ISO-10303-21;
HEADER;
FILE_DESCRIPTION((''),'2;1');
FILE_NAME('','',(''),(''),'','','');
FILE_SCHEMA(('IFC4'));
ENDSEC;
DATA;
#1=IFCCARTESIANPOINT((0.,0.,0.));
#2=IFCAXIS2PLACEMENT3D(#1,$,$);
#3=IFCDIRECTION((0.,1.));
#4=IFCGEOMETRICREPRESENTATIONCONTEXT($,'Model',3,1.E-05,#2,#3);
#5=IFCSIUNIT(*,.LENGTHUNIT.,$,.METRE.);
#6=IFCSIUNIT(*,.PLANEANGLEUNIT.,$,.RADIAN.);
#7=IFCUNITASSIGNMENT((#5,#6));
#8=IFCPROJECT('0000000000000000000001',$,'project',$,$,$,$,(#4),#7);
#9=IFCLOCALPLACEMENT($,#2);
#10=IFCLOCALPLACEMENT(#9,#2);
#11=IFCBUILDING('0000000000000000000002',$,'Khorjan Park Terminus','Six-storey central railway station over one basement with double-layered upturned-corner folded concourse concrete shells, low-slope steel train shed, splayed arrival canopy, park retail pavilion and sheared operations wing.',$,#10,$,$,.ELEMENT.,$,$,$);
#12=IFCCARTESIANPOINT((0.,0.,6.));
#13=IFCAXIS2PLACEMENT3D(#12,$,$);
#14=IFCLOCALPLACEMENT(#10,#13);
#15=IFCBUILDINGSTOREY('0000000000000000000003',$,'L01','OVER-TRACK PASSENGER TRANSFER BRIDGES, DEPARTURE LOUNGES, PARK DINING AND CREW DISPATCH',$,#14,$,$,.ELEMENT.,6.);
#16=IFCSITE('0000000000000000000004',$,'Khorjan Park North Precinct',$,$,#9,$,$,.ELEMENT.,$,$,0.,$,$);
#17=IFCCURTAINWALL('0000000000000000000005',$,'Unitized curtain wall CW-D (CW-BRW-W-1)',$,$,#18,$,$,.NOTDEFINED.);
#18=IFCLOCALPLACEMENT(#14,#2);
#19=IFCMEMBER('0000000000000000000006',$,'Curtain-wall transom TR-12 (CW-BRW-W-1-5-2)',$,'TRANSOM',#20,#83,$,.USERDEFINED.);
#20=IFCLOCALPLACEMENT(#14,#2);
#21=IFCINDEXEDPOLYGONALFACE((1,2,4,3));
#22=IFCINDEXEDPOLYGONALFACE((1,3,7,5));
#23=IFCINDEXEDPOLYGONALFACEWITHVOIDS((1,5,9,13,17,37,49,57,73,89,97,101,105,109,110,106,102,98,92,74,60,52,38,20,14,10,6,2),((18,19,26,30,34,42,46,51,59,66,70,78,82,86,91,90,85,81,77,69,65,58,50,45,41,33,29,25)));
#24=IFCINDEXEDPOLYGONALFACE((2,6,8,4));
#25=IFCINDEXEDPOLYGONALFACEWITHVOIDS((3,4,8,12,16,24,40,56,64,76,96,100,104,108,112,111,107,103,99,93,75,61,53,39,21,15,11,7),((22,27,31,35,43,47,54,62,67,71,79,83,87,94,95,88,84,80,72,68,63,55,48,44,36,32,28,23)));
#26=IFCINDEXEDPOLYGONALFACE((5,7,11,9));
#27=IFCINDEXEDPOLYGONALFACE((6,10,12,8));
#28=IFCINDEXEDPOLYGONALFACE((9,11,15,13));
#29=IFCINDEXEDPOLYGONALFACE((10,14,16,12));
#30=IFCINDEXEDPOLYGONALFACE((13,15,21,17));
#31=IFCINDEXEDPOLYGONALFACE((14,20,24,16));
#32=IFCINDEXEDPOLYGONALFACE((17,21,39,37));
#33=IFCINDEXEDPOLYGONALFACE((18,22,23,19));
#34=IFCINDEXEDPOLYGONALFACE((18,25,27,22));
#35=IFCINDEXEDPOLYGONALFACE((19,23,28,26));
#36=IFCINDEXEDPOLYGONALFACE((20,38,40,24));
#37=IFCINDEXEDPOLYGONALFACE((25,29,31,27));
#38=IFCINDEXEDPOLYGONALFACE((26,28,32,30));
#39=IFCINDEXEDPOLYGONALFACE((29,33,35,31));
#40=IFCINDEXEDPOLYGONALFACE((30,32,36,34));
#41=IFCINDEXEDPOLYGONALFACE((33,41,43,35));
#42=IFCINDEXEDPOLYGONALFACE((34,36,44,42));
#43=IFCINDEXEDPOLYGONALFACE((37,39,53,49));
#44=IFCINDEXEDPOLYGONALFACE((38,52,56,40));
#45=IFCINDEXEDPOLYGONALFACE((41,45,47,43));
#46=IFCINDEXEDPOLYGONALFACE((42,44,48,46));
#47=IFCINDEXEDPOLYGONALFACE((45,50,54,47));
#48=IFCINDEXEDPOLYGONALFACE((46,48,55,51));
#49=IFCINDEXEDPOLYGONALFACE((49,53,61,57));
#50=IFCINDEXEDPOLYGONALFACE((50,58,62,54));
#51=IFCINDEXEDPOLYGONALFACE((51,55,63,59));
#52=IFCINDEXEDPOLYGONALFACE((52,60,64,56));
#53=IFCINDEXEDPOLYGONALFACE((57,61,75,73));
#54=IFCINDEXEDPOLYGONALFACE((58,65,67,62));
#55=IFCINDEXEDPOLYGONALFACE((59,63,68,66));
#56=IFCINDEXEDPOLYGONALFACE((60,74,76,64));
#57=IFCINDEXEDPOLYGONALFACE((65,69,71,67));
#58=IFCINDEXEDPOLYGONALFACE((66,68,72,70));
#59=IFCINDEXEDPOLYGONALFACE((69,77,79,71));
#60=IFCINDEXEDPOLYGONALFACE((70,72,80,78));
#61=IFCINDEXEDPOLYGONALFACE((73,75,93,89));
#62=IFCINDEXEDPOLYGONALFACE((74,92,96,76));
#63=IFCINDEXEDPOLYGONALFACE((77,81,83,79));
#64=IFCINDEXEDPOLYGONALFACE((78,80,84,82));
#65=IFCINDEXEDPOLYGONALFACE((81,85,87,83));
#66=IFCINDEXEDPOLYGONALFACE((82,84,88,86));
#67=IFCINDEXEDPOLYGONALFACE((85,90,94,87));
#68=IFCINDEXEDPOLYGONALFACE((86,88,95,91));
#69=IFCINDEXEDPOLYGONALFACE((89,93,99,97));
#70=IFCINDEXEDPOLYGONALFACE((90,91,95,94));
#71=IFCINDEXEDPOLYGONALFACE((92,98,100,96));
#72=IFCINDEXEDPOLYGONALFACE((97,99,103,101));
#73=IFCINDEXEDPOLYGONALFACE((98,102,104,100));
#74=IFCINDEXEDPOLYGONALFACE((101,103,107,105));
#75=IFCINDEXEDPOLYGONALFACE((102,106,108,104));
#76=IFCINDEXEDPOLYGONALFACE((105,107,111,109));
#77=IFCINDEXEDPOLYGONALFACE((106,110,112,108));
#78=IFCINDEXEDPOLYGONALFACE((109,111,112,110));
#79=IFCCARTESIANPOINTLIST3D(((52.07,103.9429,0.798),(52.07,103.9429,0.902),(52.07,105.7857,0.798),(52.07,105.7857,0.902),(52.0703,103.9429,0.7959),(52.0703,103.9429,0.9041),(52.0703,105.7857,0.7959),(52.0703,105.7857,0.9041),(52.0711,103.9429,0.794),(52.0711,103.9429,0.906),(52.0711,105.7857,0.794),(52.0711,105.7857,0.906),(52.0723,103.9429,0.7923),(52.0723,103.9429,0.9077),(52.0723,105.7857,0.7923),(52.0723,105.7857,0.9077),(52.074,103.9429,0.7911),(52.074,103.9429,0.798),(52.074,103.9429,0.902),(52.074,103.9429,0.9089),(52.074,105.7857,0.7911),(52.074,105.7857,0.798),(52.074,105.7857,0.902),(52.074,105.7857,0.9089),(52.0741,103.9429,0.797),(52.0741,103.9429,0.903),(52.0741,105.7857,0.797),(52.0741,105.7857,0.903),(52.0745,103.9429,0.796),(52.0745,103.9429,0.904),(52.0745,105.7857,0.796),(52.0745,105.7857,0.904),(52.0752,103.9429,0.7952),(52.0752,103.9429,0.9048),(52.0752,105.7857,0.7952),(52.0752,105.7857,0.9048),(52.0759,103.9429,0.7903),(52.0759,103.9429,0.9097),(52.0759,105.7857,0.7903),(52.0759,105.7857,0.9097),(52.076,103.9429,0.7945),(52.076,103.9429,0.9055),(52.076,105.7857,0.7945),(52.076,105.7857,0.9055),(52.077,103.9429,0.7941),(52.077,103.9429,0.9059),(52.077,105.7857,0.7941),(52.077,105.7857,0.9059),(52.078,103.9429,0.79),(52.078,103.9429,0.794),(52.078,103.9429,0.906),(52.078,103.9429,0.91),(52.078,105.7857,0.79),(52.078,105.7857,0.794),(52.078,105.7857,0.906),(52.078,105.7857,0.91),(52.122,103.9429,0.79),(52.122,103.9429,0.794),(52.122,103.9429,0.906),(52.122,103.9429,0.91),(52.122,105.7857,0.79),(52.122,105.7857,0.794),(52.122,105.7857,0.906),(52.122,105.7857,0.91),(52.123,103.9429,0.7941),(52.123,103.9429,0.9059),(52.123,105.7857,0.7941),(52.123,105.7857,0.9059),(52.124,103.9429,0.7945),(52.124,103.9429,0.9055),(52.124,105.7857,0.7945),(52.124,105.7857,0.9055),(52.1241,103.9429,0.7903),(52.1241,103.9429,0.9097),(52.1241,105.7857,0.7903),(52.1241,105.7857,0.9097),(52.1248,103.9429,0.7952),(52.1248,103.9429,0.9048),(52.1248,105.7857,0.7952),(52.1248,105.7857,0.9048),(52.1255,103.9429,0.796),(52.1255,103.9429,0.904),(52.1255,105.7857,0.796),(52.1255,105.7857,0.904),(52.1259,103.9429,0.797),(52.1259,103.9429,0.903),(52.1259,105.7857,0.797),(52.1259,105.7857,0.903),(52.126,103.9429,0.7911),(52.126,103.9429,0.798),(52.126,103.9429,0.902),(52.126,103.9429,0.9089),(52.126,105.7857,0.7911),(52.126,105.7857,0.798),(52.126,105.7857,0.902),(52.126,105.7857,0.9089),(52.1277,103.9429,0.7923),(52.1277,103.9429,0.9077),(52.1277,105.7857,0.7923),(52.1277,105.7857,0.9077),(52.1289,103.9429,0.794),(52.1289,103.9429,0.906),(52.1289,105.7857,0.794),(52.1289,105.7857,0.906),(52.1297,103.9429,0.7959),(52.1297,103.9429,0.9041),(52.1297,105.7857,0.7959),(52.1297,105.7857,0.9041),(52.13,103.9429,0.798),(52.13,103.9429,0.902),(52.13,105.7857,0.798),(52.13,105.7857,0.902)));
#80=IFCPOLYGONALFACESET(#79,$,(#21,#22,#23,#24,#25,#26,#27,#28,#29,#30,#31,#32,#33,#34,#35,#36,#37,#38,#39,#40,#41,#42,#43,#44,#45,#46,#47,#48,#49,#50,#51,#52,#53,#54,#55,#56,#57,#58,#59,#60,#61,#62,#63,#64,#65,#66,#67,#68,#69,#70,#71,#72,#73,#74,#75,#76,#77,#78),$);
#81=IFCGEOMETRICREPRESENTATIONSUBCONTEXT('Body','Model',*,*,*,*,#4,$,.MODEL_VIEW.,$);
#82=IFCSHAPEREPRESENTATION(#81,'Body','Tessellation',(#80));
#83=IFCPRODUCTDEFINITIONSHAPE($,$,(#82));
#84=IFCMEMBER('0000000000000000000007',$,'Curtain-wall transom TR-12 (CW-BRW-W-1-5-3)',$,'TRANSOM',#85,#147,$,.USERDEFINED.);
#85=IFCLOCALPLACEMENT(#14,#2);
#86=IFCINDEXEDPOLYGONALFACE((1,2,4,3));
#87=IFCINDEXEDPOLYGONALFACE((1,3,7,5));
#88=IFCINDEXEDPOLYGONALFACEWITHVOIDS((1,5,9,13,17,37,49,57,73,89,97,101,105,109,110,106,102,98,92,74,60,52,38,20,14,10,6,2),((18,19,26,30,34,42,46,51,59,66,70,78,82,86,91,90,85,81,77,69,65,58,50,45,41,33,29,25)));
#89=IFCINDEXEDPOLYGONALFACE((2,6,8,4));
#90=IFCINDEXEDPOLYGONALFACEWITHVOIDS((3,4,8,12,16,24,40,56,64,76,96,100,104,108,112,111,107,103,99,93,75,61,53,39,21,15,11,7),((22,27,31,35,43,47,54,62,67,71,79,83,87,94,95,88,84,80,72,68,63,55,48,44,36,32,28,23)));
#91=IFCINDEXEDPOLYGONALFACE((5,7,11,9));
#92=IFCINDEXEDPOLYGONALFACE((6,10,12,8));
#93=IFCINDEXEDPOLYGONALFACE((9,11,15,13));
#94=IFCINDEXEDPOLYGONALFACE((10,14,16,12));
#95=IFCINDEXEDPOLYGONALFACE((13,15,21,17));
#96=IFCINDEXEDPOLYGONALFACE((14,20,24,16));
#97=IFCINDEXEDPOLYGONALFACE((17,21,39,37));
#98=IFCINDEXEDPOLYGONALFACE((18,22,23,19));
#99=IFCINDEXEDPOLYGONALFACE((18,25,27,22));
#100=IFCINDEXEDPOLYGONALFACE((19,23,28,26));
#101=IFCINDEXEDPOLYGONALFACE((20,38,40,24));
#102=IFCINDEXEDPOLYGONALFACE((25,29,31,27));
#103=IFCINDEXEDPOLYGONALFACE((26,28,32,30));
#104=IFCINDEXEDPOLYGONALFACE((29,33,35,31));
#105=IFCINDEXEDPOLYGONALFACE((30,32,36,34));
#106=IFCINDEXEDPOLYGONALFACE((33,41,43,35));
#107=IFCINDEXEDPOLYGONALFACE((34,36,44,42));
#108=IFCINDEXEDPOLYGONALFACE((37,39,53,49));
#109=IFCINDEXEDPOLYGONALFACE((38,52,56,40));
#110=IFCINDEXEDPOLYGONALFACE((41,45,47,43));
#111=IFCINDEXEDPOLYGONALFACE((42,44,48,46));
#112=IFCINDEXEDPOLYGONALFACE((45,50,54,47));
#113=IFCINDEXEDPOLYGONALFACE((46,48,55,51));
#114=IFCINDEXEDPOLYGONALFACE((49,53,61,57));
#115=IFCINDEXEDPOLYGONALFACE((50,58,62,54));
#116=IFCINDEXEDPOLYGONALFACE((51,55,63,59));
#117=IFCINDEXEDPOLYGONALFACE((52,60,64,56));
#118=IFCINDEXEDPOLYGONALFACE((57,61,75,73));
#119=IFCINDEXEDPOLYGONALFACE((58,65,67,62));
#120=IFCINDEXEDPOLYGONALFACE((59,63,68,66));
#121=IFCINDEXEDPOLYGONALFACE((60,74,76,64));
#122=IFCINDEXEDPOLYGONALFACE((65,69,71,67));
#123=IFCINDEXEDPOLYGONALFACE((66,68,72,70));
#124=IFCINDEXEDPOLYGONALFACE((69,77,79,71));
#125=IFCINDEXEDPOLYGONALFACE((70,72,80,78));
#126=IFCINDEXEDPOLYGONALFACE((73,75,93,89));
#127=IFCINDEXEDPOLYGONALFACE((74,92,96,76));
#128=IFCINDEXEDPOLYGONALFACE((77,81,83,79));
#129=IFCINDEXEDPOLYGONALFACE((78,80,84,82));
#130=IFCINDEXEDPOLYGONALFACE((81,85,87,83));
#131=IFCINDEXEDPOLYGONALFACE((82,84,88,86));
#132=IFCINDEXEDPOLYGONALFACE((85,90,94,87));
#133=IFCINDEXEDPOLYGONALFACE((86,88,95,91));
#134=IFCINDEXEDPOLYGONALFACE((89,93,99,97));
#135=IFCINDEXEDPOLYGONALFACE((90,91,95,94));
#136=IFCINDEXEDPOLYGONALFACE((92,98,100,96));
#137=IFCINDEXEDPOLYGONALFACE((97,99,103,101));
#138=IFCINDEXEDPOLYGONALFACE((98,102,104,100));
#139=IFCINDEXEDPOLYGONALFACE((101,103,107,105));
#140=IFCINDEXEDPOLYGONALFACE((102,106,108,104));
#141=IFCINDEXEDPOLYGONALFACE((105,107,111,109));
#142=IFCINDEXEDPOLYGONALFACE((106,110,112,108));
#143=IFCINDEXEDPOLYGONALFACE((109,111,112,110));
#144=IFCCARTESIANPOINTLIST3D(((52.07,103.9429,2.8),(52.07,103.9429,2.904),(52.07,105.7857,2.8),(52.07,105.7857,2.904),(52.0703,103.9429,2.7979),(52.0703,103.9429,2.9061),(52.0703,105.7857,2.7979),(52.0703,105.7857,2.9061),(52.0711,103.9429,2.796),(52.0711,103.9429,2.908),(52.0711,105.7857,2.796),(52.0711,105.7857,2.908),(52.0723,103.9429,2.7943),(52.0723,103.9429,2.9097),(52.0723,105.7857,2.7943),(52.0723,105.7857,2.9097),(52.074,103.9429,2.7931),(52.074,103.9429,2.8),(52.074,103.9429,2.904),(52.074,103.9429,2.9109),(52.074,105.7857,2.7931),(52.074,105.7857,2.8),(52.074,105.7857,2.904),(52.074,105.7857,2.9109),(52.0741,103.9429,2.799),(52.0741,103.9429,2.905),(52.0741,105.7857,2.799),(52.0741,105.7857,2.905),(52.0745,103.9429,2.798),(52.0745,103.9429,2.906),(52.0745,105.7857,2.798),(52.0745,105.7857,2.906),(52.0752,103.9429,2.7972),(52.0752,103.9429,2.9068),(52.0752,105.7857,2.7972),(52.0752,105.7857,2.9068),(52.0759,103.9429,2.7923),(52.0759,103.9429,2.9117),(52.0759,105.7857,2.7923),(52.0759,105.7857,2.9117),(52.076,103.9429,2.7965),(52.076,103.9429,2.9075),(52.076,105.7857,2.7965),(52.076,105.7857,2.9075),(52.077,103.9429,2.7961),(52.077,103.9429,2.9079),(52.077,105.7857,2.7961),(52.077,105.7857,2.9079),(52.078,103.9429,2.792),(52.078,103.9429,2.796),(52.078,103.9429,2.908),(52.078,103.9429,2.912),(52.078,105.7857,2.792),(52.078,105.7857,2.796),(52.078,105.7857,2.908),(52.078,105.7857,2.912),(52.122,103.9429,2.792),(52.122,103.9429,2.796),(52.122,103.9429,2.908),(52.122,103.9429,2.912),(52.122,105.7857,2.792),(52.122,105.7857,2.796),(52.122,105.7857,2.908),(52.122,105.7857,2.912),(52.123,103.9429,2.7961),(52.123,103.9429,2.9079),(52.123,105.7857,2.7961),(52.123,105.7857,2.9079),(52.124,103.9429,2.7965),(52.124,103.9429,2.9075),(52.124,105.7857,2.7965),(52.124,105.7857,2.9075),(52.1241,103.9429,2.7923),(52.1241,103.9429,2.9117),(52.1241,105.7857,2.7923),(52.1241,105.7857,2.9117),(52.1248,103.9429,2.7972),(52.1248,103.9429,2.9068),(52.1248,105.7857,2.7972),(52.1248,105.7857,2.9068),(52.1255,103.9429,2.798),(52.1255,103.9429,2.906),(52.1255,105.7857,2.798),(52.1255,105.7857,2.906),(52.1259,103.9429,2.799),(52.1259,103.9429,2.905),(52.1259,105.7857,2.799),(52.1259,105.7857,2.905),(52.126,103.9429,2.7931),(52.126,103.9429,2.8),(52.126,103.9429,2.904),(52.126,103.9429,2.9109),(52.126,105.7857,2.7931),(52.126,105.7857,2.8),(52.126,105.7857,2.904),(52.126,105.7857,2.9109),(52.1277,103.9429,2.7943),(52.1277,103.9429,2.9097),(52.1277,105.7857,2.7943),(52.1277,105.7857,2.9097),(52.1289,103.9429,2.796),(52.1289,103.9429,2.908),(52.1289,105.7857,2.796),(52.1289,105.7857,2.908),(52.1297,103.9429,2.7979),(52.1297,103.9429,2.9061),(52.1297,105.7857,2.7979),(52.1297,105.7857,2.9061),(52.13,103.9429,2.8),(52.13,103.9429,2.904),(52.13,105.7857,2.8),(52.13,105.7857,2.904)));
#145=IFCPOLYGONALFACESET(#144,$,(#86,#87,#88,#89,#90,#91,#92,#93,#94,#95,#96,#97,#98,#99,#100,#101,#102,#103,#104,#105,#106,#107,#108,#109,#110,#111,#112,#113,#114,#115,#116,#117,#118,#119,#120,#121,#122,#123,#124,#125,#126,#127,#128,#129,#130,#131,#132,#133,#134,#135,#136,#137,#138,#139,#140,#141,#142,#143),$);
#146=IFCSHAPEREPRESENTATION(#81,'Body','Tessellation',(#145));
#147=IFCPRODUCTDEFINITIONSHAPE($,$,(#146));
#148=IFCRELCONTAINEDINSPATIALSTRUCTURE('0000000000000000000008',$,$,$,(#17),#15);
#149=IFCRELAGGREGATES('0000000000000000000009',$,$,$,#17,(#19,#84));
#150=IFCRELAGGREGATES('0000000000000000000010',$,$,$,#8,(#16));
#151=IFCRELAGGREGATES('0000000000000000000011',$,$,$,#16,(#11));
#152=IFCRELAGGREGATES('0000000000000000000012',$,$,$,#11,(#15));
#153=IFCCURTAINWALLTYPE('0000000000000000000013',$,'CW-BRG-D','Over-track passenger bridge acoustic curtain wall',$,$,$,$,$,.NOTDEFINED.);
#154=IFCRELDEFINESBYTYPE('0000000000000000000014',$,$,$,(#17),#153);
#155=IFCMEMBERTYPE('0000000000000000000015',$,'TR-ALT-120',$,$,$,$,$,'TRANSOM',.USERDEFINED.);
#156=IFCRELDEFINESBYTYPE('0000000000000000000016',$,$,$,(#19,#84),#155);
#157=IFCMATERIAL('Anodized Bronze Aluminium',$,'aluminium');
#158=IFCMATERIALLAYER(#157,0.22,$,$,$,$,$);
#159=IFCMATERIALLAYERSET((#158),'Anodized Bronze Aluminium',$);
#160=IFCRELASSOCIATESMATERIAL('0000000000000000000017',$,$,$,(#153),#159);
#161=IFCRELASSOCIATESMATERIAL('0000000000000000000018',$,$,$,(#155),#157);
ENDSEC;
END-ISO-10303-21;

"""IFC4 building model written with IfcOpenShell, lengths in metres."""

from ifc_helpers import new_model, si_unit, direction, frame, origin, origin_2d, place, context, subcontext, project, spatial, hollow_rectangle, extrude, material, layer, layer_set, material_profile, profile_set, type_object, element, aggregate, save


model = new_model("IFC4")

# Units and contexts
model_context = context("Model", 3, precision=1e-05, world=origin(), true_north=direction((0.0, 1.0)))
body_context = subcontext(model_context, "Body", "Model", "MODEL_VIEW")
ifc_project = project(units=[si_unit("LENGTHUNIT", "METRE"), si_unit("PLANEANGLEUNIT", "RADIAN")], contexts=[model_context])

# Site, building, storey
site_placement = place(None, origin())
site = spatial("IfcSite", under=ifc_project, at=site_placement, Name="Khorjan Park North Precinct", CompositionType="ELEMENT", RefElevation=0.0)
building_placement = place(site_placement, origin())
building = spatial("IfcBuilding", under=site, at=building_placement, Name="Khorjan Park Terminus", Description="Six-storey central railway station over one basement with double-layered upturned-corner folded concourse concrete shells, low-slope steel train shed, splayed arrival canopy, park retail pavilion and sheared operations wing.", CompositionType="ELEMENT")
storey_placement = place(building_placement, frame((0.0, 0.0, 6.0)))
storey = spatial("IfcBuildingStorey", under=building, at=storey_placement, Name="L01", Description="OVER-TRACK PASSENGER TRANSFER BRIDGES, DEPARTURE LOUNGES, PARK DINING AND CREW DISPATCH", CompositionType="ELEMENT", Elevation=6.0)

# Curtain wall, members
ifc_material_1 = material(Name="Anodized Bronze Aluminium", Category="aluminium")
ifc_layer_1 = layer(ifc_material_1, 0.22)
ifc_layer_set_1 = layer_set([ifc_layer_1], Name="Anodized Bronze Aluminium")
curtain_wall_type = type_object("IfcCurtainWallType", Name="CW-BRG-D", Description="Over-track passenger bridge acoustic curtain wall", PredefinedType="NOTDEFINED", material=ifc_layer_set_1)
curtain_wall_placement = place(storey_placement, origin())
curtain_wall = element("IfcCurtainWall", 1, at=curtain_wall_placement, inside=storey, type_object=curtain_wall_type, Name="Unitized curtain wall CW-D (CW-BRW-W-1)", PredefinedType="NOTDEFINED")
ifc_material_profile_1 = material_profile(ifc_material_1, hollow_rectangle(XDim=0.06, YDim=0.12, WallThickness=0.004, InnerFilletRadius=0.004, OuterFilletRadius=0.008, at=origin_2d()), Name="ALT 60x120x4")
ifc_profile_set_1 = profile_set([ifc_material_profile_1], Name="Anodized Bronze Aluminium")
member_type_1 = type_object("IfcMemberType", Name="TR-ALT-120", ElementType="TRANSOM", PredefinedType="USERDEFINED", material=ifc_profile_set_1)
member_1_placement = place(storey_placement, frame((52.1, 105.7857, 0.85), z_axis=(0.0, -1.0, 0.0), x_axis=(1.0, 0.0, 0.0)))
member_1 = element("IfcMember", 2, at=member_1_placement, type_object=member_type_1, Name="Curtain-wall transom TR-12 (CW-BRW-W-1-5-2)", ObjectType="TRANSOM", PredefinedType="USERDEFINED", context=body_context, shape_type="SweptSolid", body=[
    extrude(hollow_rectangle(XDim=0.06, YDim=0.12, WallThickness=0.004, InnerFilletRadius=0.004, OuterFilletRadius=0.008, at=origin_2d()), origin(), (0.0, 0.0, 1.0), 1.8428),
])
member_2_placement = place(storey_placement, frame((52.1, 105.7857, 2.852), z_axis=(0.0, -1.0, 0.0), x_axis=(1.0, 0.0, 0.0)))
member_2 = element("IfcMember", 3, at=member_2_placement, type_object=member_type_1, Name="Curtain-wall transom TR-12 (CW-BRW-W-1-5-3)", ObjectType="TRANSOM", PredefinedType="USERDEFINED", context=body_context, shape_type="SweptSolid", body=[
    extrude(hollow_rectangle(XDim=0.06, YDim=0.12, WallThickness=0.004, InnerFilletRadius=0.004, OuterFilletRadius=0.008, at=origin_2d()), origin(), (0.0, 0.0, 1.0), 1.8428),
])
aggregate(curtain_wall, [member_1, member_2])

save(model, "model.ifc")
